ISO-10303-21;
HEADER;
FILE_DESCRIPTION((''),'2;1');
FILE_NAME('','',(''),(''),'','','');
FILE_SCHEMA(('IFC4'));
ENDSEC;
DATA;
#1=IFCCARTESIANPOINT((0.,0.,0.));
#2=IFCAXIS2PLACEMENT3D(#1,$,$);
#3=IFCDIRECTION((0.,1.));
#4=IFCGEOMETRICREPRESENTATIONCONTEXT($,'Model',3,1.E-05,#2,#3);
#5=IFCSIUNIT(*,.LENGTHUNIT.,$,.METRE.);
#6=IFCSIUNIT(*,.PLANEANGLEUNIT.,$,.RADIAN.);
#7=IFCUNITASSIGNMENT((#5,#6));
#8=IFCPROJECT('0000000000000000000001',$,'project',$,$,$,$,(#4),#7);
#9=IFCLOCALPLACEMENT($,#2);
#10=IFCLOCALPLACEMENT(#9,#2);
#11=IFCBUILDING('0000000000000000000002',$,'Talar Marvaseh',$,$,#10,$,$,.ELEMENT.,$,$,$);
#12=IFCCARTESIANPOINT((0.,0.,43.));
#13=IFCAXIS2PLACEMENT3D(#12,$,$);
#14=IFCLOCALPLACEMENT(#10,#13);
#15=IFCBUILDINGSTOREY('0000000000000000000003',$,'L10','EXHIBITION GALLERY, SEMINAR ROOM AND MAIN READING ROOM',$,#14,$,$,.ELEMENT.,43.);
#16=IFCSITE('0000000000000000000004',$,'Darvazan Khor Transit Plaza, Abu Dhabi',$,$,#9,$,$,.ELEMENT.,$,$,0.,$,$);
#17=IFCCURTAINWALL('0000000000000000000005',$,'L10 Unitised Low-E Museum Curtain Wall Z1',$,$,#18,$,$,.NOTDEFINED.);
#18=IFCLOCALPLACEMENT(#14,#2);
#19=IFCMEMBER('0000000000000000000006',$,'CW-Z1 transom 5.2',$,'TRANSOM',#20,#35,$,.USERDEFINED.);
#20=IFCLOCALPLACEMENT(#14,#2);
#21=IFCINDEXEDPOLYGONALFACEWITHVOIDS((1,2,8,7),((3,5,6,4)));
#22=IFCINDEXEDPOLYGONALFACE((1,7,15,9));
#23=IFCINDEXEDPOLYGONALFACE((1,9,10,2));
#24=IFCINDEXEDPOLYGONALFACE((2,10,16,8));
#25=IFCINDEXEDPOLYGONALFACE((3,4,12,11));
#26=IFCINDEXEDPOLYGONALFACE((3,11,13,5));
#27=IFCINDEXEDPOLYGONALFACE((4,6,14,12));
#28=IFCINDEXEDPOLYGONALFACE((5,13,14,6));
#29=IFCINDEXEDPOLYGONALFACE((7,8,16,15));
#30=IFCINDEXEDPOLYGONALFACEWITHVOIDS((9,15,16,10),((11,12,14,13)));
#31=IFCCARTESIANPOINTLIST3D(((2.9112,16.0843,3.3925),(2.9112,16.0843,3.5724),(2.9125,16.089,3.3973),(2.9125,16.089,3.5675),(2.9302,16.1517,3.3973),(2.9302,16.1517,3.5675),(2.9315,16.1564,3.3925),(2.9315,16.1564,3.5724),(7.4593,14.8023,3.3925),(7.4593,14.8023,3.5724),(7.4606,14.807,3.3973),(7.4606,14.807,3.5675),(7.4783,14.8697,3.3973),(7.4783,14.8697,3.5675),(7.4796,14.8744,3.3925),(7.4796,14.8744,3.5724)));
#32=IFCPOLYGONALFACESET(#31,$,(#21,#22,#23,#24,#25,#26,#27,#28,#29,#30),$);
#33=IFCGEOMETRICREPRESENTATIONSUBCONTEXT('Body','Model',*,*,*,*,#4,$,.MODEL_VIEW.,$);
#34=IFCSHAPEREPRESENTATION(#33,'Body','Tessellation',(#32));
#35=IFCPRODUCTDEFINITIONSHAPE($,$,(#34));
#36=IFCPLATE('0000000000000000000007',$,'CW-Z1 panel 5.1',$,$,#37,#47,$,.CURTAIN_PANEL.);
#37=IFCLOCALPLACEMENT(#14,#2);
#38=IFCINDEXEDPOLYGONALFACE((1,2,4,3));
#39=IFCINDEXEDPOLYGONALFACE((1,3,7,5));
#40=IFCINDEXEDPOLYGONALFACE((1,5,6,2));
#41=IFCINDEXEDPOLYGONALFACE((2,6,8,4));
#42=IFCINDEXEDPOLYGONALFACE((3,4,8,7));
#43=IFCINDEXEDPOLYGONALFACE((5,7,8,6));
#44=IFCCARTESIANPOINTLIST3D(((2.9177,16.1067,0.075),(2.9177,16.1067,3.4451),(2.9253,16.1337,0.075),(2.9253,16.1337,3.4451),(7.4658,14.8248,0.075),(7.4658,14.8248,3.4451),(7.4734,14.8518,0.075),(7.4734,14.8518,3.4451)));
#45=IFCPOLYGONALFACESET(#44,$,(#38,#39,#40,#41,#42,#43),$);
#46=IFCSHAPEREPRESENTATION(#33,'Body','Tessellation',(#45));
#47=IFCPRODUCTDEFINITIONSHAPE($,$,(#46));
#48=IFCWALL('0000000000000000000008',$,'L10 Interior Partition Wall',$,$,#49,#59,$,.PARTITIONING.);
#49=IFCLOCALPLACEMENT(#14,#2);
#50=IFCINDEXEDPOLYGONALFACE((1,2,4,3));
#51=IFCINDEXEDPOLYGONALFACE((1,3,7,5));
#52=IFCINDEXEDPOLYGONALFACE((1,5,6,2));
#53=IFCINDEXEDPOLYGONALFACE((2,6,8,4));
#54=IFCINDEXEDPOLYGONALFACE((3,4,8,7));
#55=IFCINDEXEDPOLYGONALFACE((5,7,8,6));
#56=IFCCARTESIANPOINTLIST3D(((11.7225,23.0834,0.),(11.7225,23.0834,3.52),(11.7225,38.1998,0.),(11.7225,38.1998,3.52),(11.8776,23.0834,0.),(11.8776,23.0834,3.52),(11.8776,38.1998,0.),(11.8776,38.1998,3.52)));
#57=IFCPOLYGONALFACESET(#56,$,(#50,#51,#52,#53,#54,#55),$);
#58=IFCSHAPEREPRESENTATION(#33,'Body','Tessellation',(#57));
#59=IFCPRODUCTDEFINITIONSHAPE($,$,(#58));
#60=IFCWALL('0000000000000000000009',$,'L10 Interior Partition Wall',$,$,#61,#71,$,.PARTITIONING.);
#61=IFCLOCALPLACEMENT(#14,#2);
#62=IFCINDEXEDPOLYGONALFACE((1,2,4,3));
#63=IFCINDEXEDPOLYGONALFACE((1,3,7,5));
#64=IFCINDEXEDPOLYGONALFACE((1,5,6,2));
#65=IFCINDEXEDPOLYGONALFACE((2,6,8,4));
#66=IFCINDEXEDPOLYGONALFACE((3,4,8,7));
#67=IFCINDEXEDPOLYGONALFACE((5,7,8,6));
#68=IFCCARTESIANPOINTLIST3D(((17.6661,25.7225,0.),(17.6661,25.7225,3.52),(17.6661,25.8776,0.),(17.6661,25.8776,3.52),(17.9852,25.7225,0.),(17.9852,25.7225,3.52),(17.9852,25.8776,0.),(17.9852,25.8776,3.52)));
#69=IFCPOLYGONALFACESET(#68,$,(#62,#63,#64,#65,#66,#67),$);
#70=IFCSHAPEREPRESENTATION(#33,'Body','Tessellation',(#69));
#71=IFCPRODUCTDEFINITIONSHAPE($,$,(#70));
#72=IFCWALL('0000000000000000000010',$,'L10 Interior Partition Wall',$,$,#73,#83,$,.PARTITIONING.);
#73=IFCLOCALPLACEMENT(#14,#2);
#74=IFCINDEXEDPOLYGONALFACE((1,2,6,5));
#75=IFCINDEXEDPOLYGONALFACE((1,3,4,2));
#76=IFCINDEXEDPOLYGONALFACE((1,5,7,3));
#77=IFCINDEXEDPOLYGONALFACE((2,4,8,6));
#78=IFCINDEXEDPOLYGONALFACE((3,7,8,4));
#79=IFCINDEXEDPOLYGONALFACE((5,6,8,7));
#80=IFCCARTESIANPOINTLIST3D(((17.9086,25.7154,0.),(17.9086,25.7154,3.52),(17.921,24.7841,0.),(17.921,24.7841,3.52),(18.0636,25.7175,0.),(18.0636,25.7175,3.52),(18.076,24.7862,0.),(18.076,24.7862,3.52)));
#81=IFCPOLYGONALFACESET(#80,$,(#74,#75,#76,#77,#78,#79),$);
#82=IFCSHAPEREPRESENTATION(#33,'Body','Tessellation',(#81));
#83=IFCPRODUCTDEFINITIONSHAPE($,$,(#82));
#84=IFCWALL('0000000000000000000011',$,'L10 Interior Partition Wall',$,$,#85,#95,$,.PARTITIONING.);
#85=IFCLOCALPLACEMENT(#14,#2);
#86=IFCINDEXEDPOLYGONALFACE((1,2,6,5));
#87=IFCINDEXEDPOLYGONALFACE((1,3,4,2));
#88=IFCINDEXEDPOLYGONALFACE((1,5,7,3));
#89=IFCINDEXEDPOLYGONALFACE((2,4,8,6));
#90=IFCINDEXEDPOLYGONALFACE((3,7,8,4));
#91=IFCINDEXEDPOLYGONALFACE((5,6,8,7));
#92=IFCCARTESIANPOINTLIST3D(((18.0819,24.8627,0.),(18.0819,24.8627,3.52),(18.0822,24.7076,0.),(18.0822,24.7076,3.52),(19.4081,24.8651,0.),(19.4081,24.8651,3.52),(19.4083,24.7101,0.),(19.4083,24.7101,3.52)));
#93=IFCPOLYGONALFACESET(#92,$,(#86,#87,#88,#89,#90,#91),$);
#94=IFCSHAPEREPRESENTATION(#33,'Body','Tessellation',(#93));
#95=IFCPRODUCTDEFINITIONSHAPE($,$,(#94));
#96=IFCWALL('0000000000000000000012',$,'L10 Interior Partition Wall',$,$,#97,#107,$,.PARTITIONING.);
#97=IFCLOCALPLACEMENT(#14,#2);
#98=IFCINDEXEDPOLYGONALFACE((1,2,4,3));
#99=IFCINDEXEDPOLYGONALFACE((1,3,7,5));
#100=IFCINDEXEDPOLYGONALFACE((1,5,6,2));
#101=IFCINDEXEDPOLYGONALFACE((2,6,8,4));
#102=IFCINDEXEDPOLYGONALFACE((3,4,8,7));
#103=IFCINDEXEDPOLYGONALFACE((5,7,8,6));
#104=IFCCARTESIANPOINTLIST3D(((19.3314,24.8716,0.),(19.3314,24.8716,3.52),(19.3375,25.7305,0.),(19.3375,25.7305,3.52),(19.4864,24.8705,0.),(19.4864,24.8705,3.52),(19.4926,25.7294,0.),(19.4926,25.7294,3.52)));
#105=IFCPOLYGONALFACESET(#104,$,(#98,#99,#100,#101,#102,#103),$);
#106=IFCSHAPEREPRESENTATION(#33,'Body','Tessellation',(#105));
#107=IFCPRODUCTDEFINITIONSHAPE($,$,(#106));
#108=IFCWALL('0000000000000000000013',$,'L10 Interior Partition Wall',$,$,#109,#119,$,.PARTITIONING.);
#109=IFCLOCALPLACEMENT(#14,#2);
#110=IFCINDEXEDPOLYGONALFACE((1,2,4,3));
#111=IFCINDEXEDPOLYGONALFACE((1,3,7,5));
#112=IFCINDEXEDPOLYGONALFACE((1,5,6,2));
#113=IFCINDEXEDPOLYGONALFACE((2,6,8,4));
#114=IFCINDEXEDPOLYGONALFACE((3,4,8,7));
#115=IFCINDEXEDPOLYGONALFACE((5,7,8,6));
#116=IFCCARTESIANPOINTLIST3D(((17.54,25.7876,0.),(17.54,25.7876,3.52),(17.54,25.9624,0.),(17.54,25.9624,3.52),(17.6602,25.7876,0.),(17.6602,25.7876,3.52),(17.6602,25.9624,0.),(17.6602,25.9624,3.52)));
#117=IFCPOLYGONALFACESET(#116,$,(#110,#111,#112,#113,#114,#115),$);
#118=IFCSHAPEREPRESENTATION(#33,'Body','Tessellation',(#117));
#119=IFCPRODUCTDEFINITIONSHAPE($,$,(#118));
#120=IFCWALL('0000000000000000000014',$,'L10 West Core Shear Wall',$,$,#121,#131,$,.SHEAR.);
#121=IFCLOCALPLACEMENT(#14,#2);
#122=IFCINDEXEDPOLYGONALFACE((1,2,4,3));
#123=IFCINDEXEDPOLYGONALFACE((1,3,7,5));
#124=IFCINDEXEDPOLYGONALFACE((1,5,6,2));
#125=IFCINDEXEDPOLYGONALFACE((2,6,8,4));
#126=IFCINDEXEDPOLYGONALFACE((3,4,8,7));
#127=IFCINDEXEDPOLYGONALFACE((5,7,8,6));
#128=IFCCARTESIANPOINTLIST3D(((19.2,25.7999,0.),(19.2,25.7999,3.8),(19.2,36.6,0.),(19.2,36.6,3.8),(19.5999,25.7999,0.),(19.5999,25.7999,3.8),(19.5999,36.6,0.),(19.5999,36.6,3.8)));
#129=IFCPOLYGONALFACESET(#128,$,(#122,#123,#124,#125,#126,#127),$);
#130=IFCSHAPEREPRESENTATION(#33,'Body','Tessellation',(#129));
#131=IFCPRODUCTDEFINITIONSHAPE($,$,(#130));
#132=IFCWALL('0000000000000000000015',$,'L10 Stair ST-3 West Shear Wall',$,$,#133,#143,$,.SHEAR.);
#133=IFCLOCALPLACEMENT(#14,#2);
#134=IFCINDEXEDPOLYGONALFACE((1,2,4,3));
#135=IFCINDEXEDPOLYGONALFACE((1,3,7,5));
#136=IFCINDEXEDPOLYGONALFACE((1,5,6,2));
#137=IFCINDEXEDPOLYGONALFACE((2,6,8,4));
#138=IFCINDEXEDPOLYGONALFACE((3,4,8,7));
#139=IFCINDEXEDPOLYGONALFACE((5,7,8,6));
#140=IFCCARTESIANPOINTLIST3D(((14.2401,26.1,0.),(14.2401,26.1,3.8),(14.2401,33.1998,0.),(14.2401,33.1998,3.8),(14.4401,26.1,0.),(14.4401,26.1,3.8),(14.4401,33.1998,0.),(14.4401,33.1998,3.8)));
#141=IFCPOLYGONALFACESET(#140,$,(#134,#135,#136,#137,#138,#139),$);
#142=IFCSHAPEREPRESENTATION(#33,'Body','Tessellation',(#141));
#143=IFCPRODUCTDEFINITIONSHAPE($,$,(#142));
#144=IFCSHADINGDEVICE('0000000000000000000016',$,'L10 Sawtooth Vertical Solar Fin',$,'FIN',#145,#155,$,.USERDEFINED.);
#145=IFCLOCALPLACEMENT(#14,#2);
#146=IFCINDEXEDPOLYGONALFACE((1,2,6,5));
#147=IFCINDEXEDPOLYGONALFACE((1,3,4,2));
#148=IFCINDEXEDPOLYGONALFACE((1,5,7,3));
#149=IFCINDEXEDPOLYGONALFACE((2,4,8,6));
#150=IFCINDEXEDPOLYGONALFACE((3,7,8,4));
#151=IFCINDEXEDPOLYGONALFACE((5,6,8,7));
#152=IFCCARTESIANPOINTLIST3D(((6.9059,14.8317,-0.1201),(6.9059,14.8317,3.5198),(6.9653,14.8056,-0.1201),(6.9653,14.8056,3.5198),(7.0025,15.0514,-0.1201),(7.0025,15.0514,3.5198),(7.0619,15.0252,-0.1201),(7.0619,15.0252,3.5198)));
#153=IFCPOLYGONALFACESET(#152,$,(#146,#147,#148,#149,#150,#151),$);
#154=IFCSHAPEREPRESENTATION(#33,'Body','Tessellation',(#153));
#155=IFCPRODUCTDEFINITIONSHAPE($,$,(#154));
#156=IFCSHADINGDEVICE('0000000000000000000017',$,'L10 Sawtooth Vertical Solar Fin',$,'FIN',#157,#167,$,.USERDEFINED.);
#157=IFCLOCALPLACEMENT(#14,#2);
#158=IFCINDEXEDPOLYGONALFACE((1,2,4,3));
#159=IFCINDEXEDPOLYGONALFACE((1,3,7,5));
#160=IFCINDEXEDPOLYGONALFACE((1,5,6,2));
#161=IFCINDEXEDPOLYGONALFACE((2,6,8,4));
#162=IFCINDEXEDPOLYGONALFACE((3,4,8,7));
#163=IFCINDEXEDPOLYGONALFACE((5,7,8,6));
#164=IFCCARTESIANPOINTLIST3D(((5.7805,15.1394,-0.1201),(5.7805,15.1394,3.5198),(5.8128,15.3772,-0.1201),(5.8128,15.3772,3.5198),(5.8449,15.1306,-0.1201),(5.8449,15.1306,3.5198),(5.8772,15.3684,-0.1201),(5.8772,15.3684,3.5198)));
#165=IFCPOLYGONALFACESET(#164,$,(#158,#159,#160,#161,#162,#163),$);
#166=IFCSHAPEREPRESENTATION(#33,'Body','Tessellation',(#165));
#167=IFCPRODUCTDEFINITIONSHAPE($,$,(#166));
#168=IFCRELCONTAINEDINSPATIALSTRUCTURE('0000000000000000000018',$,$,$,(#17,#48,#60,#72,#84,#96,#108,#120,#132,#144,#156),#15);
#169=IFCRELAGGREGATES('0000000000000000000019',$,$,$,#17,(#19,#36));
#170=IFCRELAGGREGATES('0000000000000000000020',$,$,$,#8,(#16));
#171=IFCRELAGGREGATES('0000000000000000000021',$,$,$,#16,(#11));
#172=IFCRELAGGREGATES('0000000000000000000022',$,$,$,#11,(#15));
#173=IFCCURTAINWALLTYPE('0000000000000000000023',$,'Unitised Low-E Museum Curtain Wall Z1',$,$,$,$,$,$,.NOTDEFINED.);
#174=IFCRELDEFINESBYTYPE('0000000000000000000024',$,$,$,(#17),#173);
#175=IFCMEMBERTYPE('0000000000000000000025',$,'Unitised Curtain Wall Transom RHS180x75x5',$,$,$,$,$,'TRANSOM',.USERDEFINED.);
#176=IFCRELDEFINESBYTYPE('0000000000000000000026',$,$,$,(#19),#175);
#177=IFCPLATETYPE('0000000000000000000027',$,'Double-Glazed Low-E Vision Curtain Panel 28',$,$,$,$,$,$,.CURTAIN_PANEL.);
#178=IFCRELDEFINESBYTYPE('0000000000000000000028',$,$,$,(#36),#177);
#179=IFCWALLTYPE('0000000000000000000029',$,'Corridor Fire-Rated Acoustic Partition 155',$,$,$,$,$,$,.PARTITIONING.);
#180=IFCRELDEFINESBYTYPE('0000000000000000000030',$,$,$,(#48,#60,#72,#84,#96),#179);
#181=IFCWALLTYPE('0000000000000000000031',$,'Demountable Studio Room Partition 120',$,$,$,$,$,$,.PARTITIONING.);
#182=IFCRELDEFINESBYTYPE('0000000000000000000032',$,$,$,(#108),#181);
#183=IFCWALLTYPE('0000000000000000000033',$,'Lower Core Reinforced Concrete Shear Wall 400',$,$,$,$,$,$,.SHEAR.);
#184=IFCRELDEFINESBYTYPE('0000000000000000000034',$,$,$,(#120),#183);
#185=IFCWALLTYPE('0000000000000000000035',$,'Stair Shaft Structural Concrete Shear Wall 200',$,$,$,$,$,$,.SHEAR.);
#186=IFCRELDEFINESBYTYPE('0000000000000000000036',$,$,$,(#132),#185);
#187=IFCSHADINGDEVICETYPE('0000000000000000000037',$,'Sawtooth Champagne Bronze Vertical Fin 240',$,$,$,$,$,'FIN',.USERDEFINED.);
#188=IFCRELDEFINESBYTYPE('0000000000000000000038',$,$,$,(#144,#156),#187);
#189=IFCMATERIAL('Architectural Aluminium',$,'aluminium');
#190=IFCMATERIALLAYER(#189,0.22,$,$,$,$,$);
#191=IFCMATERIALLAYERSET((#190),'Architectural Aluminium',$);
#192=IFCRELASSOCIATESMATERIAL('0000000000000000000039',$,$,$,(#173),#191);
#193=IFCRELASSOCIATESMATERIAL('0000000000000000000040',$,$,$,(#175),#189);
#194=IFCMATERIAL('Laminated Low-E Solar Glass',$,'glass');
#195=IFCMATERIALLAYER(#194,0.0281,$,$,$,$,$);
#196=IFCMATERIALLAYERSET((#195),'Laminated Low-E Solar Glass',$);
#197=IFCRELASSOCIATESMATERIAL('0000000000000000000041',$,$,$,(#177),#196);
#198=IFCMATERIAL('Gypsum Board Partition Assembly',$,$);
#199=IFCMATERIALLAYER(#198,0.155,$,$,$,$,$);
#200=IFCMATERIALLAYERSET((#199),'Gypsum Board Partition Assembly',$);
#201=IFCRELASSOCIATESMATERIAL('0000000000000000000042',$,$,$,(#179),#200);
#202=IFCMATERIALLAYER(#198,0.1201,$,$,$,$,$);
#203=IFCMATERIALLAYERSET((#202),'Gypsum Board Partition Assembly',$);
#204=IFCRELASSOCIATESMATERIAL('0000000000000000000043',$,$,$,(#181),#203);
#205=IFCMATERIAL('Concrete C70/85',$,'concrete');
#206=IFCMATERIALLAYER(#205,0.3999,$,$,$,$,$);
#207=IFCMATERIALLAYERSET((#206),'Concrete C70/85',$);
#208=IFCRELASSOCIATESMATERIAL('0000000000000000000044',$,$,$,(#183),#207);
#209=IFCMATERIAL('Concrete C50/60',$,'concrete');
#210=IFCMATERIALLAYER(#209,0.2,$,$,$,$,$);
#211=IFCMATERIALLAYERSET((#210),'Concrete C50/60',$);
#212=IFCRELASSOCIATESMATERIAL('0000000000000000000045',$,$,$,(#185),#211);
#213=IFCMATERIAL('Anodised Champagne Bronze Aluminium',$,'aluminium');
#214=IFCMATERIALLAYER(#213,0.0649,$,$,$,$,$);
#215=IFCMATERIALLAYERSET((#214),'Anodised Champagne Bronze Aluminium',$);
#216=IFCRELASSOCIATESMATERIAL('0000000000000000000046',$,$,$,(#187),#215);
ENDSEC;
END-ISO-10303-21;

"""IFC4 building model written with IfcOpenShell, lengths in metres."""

from ifc_helpers import new_model, si_unit, direction, frame, frame_2d, origin, origin_2d, place, context, subcontext, project, spatial, rectangle, hollow_rectangle, extrude, source, transform, mapped, material, layer, layer_set, material_profile, profile_set, type_object, type_shapes, element, aggregate, save


model = new_model("IFC4")

# Units and contexts
model_context = context("Model", 3, precision=1e-05, world=origin(), true_north=direction((0.0, 1.0)))
body_context = subcontext(model_context, "Body", "Model", "MODEL_VIEW")
ifc_project = project(units=[si_unit("LENGTHUNIT", "METRE"), si_unit("PLANEANGLEUNIT", "RADIAN")], contexts=[model_context])

# Site, building, storey
site_placement = place(None, origin())
site = spatial("IfcSite", under=ifc_project, at=site_placement, Name="Darvazan Khor Transit Plaza, Abu Dhabi", CompositionType="ELEMENT", RefElevation=0.0)
building_placement = place(site_placement, origin())
building = spatial("IfcBuilding", under=site, at=building_placement, Name="Talar Marvaseh", CompositionType="ELEMENT")
storey_placement = place(building_placement, frame((0.0, 0.0, 43.0)))
storey = spatial("IfcBuildingStorey", under=building, at=storey_placement, Name="L10", Description="EXHIBITION GALLERY, SEMINAR ROOM AND MAIN READING ROOM", CompositionType="ELEMENT", Elevation=43.0)

# Shared definitions
ifc_material_1 = material(Name="Concrete C70/85", Category="concrete")

# Curtain wall, member, plate
ifc_material_2 = material(Name="Architectural Aluminium", Category="aluminium")
ifc_layer_1 = layer(ifc_material_2, 0.22)
ifc_layer_set_1 = layer_set([ifc_layer_1], Name="Architectural Aluminium")
curtain_wall_type = type_object("IfcCurtainWallType", Name="Unitised Low-E Museum Curtain Wall Z1", PredefinedType="NOTDEFINED", material=ifc_layer_set_1)
curtain_wall_placement = place(storey_placement, origin())
curtain_wall = element("IfcCurtainWall", 1, at=curtain_wall_placement, inside=storey, type_object=curtain_wall_type, Name="L10 Unitised Low-E Museum Curtain Wall Z1", PredefinedType="NOTDEFINED")
ifc_material_profile_1 = material_profile(ifc_material_2, hollow_rectangle(XDim=0.075, YDim=0.1799, WallThickness=0.0049, at=origin_2d()), Name="RHS180x75x5")
ifc_profile_set_1 = profile_set([ifc_material_profile_1], Name="Architectural Aluminium")
member_type_1 = type_object("IfcMemberType", Name="Unitised Curtain Wall Transom RHS180x75x5", ElementType="TRANSOM", PredefinedType="USERDEFINED", material=ifc_profile_set_1)
shared_shape_1 = source(origin(), body_context, "Body", "SweptSolid", [
    extrude(hollow_rectangle(XDim=0.075, YDim=0.1799, WallThickness=0.0049, at=origin_2d()), origin(), (0.0, 0.0, 1.0), 4.7253),
])
type_shapes(member_type_1, [shared_shape_1])
member_1_placement = place(storey_placement, frame((7.4695, 14.8384, 3.4824), z_axis=(-0.962495, 0.271301, 0.0), x_axis=(-0.271301, -0.962495, 0.0)))
member_1 = element("IfcMember", 2, at=member_1_placement, type_object=member_type_1, Name="CW-Z1 transom 5.2", ObjectType="TRANSOM", PredefinedType="USERDEFINED", context=body_context, shape_type="MappedRepresentation", body=[
    mapped(shared_shape_1, transform((0.0, 0.0, 0.0), x_axis=(1.0, 0.0, 0.0), y_axis=(0.0, 1.0, 0.0), z_axis=(0.0, 0.0, 1.0), scale=1.0)),
])
ifc_material_3 = material(Name="Laminated Low-E Solar Glass", Category="glass")
ifc_layer_2 = layer(ifc_material_3, 0.0281)
ifc_layer_set_2 = layer_set([ifc_layer_2], Name="Laminated Low-E Solar Glass")
plate_type = type_object("IfcPlateType", Name="Double-Glazed Low-E Vision Curtain Panel 28", PredefinedType="CURTAIN_PANEL", material=ifc_layer_set_2)
shared_shape_2 = source(origin(), body_context, "Body", "SweptSolid", [
    extrude(rectangle(XDim=4.7253, YDim=0.0281, at=origin_2d()), origin(), (0.0, 0.0, 1.0), 3.3701),
])
type_shapes(plate_type, [shared_shape_2])
plate_placement = place(storey_placement, frame((5.1956, 15.4792, 0.075), z_axis=(0.0, 0.0, 1.0), x_axis=(-0.962497, 0.271292, 0.0)))
plate = element("IfcPlate", 3, at=plate_placement, type_object=plate_type, Name="CW-Z1 panel 5.1", PredefinedType="CURTAIN_PANEL", context=body_context, shape_type="MappedRepresentation", body=[
    mapped(shared_shape_2, transform((0.0, 0.0, 0.0), x_axis=(1.0, 0.0, 0.0), y_axis=(0.0, 1.0, 0.0), z_axis=(0.0, 0.0, 1.0), scale=1.0)),
])
aggregate(curtain_wall, [member_1, plate])

# Walls
ifc_material_4 = material(Name="Gypsum Board Partition Assembly")
ifc_layer_3 = layer(ifc_material_4, 0.155)
ifc_layer_set_3 = layer_set([ifc_layer_3], Name="Gypsum Board Partition Assembly")
wall_type_1 = type_object("IfcWallType", Name="Corridor Fire-Rated Acoustic Partition 155", PredefinedType="PARTITIONING", material=ifc_layer_set_3)
wall_1_placement = place(storey_placement, frame((11.8, 23.0835, 0.0), z_axis=(0.0, 0.0, 1.0), x_axis=(0.0, 1.0, 0.0)))
element("IfcWall", 4, at=wall_1_placement, inside=storey, type_object=wall_type_1, Name="L10 Interior Partition Wall", PredefinedType="PARTITIONING", context=body_context, shape_type="SweptSolid", body=[
    extrude(rectangle(XDim=15.1165, YDim=0.155, at=frame_2d((7.5581, 0.0))), origin(), (0.0, 0.0, 1.0), 3.52),
])
wall_2_placement = place(storey_placement, frame((17.666, 25.8, 0.0), z_axis=(0.0, 0.0, 1.0), x_axis=(1.0, 0.0, 0.0)))
element("IfcWall", 5, at=wall_2_placement, inside=storey, type_object=wall_type_1, Name="L10 Interior Partition Wall", PredefinedType="PARTITIONING", context=body_context, shape_type="SweptSolid", body=[
    extrude(rectangle(XDim=0.3191, YDim=0.155, at=frame_2d((0.1597, 0.0))), origin(), (0.0, 0.0, 1.0), 3.52),
])
wall_3_placement = place(storey_placement, frame((17.9861, 25.7166, 0.0), z_axis=(0.0, 0.0, 1.0), x_axis=(0.013367, -0.999911, 0.0)))
element("IfcWall", 6, at=wall_3_placement, inside=storey, type_object=wall_type_1, Name="L10 Interior Partition Wall", PredefinedType="PARTITIONING", context=body_context, shape_type="SweptSolid", body=[
    extrude(rectangle(XDim=0.9314, YDim=0.155, at=frame_2d((0.4658, 0.0))), origin(), (0.0, 0.0, 1.0), 3.52),
])
wall_4_placement = place(storey_placement, frame((18.082, 24.7852, 0.0), z_axis=(0.0, 0.0, 1.0), x_axis=(0.999998, 0.001841, 0.0)))
element("IfcWall", 7, at=wall_4_placement, inside=storey, type_object=wall_type_1, Name="L10 Interior Partition Wall", PredefinedType="PARTITIONING", context=body_context, shape_type="SweptSolid", body=[
    extrude(rectangle(XDim=1.3262, YDim=0.155, at=frame_2d((0.6631, 0.0))), origin(), (0.0, 0.0, 1.0), 3.52),
])
wall_5_placement = place(storey_placement, frame((19.4089, 24.8711, 0.0), z_axis=(0.0, 0.0, 1.0), x_axis=(0.007106, 0.999975, 0.0)))
element("IfcWall", 8, at=wall_5_placement, inside=storey, type_object=wall_type_1, Name="L10 Interior Partition Wall", PredefinedType="PARTITIONING", context=body_context, shape_type="SweptSolid", body=[
    extrude(rectangle(XDim=0.8589, YDim=0.155, at=frame_2d((0.4294, 0.0))), origin(), (0.0, 0.0, 1.0), 3.52),
])
ifc_layer_4 = layer(ifc_material_4, 0.1201)
ifc_layer_set_4 = layer_set([ifc_layer_4], Name="Gypsum Board Partition Assembly")
wall_type_2 = type_object("IfcWallType", Name="Demountable Studio Room Partition 120", PredefinedType="PARTITIONING", material=ifc_layer_set_4)
wall_6_placement = place(storey_placement, frame((17.6001, 25.9624, 0.0), z_axis=(0.0, 0.0, 1.0), x_axis=(0.0, -1.0, 0.0)))
element("IfcWall", 9, at=wall_6_placement, inside=storey, type_object=wall_type_2, Name="L10 Interior Partition Wall", PredefinedType="PARTITIONING", context=body_context, shape_type="SweptSolid", body=[
    extrude(rectangle(XDim=0.1748, YDim=0.1201, at=frame_2d((0.0874, 0.0))), origin(), (0.0, 0.0, 1.0), 3.52),
])
ifc_layer_5 = layer(ifc_material_1, 0.3999)
ifc_layer_set_5 = layer_set([ifc_layer_5], Name="Concrete C70/85")
wall_type_3 = type_object("IfcWallType", Name="Lower Core Reinforced Concrete Shear Wall 400", PredefinedType="SHEAR", material=ifc_layer_set_5)
wall_7_placement = place(storey_placement, frame((19.3999, 25.8, 0.0), z_axis=(0.0, 0.0, 1.0), x_axis=(0.0, 1.0, 0.0)))
element("IfcWall", 10, at=wall_7_placement, inside=storey, type_object=wall_type_3, Name="L10 West Core Shear Wall", PredefinedType="SHEAR", context=body_context, shape_type="SweptSolid", body=[
    extrude(rectangle(XDim=10.8, YDim=0.3999, at=frame_2d((5.3999, 0.0))), origin(), (0.0, 0.0, 1.0), 3.8),
])
ifc_material_5 = material(Name="Concrete C50/60", Category="concrete")
ifc_layer_6 = layer(ifc_material_5, 0.2)
ifc_layer_set_6 = layer_set([ifc_layer_6], Name="Concrete C50/60")
wall_type_4 = type_object("IfcWallType", Name="Stair Shaft Structural Concrete Shear Wall 200", PredefinedType="SHEAR", material=ifc_layer_set_6)
wall_8_placement = place(storey_placement, frame((14.3401, 26.1001, 0.0), z_axis=(0.0, 0.0, 1.0), x_axis=(0.0, 1.0, 0.0)))
element("IfcWall", 11, at=wall_8_placement, inside=storey, type_object=wall_type_4, Name="L10 Stair ST-3 West Shear Wall", PredefinedType="SHEAR", context=body_context, shape_type="SweptSolid", body=[
    extrude(rectangle(XDim=7.0999, YDim=0.2, at=frame_2d((3.5498, 0.0))), origin(), (0.0, 0.0, 1.0), 3.8),
])

# Shading devices
ifc_material_6 = material(Name="Anodised Champagne Bronze Aluminium", Category="aluminium")
ifc_layer_7 = layer(ifc_material_6, 0.0649)
ifc_layer_set_7 = layer_set([ifc_layer_7], Name="Anodised Champagne Bronze Aluminium")
shading_device_type = type_object("IfcShadingDeviceType", Name="Sawtooth Champagne Bronze Vertical Fin 240", ElementType="FIN", PredefinedType="USERDEFINED", material=ifc_layer_set_7)
shared_shape_3 = source(origin(), body_context, "Body", "SweptSolid", [
    extrude(rectangle(XDim=0.24, YDim=0.0649, at=origin_2d()), origin(), (0.0, 0.0, 1.0), 3.6399),
])
type_shapes(shading_device_type, [shared_shape_3])
for number, where, z_axis, x_axis, name in (
    (12, (6.9839, 14.9285, -0.1201), (0.0, 0.0, 1.0), (-0.402587, -0.915382, 0.0), "L10 Sawtooth Vertical Solar Fin"),
    (13, (5.8289, 15.2539, -0.1201), (0.0, 0.0, 1.0), (-0.134678, -0.990889, 0.0), "L10 Sawtooth Vertical Solar Fin"),
):
    element("IfcShadingDevice", number, at=place(storey_placement, frame(where, z_axis=z_axis, x_axis=x_axis)), inside=storey, type_object=shading_device_type, Name=name, ObjectType="FIN", PredefinedType="USERDEFINED", context=body_context, shape_type="MappedRepresentation", body=[
        mapped(shared_shape_3, transform((0.0, 0.0, 0.0), x_axis=(1.0, 0.0, 0.0), y_axis=(0.0, 1.0, 0.0), z_axis=(0.0, 0.0, 1.0), scale=1.0)),
    ])

save(model, "model.ifc")
